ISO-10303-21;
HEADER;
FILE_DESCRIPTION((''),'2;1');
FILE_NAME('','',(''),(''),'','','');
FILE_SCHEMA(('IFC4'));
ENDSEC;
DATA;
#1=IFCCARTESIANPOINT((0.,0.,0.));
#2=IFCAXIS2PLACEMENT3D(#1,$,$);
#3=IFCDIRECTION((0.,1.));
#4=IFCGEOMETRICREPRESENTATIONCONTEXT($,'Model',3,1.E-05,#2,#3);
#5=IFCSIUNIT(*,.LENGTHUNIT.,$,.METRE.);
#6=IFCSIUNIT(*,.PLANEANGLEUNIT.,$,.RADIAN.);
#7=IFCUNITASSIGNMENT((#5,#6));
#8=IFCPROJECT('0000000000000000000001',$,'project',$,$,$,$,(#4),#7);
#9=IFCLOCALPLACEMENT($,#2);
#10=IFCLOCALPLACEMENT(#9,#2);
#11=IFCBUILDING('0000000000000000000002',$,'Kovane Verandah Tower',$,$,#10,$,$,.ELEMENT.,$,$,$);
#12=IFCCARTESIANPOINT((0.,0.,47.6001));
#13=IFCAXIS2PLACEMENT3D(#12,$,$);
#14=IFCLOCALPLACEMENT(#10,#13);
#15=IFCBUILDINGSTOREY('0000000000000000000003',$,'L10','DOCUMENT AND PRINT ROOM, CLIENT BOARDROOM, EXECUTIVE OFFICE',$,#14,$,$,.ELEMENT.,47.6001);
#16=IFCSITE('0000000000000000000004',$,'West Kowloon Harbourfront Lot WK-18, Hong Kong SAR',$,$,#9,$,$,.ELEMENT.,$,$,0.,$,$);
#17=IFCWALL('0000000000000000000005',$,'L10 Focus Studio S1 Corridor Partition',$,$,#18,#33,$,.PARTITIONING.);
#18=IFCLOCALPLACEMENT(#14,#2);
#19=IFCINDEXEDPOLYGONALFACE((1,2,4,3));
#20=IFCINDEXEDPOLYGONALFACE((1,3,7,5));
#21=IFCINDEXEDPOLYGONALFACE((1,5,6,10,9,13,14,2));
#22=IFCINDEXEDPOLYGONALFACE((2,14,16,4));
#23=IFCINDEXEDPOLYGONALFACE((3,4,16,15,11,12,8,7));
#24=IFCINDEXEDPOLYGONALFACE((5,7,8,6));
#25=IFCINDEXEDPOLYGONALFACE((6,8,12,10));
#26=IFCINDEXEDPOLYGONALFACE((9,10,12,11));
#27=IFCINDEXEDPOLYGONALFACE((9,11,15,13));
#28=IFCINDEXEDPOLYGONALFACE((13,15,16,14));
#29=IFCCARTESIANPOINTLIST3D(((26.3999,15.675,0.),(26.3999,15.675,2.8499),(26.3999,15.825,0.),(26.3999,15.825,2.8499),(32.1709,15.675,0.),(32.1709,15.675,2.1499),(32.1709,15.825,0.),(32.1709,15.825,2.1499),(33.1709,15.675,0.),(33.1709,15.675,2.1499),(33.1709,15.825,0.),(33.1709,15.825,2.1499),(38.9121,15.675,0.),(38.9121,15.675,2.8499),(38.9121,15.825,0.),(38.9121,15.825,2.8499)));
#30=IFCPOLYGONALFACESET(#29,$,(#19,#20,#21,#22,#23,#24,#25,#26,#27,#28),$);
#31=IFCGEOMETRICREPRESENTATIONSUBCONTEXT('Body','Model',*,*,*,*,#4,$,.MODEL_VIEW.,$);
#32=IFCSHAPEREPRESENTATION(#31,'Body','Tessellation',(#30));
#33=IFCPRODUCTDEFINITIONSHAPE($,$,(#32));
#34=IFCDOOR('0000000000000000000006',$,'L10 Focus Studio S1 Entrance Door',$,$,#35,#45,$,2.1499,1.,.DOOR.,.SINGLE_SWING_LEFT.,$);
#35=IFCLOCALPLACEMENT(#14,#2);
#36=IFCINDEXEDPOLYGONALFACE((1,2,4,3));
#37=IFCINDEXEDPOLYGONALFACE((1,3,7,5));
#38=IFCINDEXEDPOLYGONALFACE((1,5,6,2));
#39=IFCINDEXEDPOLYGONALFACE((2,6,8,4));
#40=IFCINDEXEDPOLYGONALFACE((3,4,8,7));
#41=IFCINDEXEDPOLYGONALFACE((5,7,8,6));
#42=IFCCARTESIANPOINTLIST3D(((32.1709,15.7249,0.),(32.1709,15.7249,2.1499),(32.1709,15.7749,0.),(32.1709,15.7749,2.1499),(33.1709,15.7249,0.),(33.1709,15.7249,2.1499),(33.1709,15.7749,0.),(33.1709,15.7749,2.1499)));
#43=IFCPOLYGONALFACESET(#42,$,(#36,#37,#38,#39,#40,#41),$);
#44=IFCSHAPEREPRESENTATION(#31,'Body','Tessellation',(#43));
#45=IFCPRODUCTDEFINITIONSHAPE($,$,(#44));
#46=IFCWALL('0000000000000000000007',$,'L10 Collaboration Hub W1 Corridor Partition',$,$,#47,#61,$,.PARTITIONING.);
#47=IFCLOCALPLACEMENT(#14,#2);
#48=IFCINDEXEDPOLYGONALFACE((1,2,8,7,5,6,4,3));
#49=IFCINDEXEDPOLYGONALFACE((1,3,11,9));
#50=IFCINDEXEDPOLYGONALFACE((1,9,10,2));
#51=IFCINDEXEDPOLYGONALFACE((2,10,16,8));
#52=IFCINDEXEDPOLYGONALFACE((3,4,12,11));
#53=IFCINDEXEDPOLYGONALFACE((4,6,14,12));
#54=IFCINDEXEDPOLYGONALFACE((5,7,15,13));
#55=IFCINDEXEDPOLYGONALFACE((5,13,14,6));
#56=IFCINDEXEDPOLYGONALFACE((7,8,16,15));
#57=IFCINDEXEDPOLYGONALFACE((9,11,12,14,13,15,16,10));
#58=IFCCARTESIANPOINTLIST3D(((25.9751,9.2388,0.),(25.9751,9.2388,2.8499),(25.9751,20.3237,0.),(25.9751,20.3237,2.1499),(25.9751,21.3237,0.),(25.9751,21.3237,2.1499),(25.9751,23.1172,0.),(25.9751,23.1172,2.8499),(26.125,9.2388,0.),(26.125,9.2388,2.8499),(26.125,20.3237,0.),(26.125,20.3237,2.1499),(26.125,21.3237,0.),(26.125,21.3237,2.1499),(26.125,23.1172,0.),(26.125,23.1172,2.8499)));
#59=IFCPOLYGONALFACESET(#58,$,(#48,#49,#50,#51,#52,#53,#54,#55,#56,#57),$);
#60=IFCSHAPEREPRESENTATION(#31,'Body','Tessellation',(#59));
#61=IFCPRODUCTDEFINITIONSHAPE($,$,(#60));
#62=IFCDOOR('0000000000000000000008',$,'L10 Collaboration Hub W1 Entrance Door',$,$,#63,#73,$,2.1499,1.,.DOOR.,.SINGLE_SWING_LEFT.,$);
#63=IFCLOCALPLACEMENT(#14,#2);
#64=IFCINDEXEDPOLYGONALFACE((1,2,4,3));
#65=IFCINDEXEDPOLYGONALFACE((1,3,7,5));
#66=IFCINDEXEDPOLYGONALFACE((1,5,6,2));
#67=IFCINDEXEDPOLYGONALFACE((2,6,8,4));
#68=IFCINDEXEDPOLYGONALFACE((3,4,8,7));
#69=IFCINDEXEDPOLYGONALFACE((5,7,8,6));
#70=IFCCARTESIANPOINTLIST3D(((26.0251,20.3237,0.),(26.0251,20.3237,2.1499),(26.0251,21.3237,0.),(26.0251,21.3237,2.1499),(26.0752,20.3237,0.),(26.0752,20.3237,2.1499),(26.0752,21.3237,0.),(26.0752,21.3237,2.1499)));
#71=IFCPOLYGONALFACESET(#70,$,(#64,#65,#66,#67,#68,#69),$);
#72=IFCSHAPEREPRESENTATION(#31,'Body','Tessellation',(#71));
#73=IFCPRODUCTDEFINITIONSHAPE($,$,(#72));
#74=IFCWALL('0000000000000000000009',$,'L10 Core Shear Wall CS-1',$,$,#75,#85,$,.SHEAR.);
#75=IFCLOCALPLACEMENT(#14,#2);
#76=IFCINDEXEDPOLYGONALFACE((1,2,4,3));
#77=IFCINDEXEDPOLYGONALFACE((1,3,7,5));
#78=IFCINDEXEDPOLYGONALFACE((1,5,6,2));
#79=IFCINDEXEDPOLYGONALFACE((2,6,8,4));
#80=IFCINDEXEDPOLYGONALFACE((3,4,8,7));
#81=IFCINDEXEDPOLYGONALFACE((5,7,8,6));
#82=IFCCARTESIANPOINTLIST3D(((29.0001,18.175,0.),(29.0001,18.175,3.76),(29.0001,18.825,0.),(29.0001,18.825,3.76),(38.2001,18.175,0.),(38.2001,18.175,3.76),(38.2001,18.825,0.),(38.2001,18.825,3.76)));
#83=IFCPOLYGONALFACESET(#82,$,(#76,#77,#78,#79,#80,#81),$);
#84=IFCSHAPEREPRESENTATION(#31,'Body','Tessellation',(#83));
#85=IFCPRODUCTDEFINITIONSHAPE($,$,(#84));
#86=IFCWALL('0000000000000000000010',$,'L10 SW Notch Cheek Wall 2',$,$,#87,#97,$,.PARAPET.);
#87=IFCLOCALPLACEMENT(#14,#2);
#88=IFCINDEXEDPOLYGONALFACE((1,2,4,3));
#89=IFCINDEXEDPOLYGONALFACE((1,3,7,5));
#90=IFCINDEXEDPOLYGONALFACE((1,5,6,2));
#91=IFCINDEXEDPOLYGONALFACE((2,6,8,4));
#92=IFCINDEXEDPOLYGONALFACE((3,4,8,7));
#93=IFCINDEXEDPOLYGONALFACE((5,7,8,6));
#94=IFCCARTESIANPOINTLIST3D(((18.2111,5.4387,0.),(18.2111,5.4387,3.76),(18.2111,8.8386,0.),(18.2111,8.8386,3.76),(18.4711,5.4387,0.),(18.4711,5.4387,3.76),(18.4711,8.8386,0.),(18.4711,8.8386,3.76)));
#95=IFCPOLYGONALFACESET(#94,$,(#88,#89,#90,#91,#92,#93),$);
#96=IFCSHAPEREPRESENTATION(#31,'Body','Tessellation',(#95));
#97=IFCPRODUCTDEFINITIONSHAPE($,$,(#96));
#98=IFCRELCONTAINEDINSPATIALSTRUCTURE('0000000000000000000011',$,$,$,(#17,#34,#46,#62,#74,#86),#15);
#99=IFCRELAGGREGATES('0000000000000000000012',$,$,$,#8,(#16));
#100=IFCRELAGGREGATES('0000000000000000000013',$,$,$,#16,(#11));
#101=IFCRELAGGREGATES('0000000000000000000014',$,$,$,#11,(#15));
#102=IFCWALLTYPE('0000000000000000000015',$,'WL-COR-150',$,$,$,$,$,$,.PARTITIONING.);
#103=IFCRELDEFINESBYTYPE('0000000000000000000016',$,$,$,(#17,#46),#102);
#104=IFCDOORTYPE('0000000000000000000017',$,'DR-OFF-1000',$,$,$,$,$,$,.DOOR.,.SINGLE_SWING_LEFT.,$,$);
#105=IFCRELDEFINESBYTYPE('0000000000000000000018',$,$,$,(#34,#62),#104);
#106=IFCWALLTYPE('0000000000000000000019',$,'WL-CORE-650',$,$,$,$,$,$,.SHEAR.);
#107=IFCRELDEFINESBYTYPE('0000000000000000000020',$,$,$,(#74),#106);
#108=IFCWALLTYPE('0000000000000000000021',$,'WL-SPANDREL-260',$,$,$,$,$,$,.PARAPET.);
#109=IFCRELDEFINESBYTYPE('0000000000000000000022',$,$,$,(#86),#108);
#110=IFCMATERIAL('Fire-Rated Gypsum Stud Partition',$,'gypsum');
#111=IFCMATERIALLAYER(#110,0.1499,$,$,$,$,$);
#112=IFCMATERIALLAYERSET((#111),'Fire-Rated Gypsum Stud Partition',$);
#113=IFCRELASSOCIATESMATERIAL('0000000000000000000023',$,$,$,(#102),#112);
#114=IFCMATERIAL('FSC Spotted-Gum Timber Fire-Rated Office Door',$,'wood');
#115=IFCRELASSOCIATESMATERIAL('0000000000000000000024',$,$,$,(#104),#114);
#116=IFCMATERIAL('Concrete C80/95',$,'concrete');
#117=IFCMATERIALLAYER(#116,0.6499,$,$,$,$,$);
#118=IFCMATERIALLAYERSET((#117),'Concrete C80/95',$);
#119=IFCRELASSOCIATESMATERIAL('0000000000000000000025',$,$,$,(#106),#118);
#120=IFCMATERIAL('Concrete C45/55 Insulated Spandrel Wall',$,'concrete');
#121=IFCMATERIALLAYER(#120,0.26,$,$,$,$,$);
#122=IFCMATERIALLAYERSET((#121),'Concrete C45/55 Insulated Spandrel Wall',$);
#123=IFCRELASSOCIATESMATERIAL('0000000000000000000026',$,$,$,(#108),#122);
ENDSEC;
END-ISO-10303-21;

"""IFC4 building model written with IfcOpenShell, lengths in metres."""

from ifc_helpers import new_model, si_unit, direction, frame, frame_2d, origin, place, context, subcontext, project, spatial, rectangle, extrude, material, layer, layer_set, type_object, element, fill, save


model = new_model("IFC4")

# Units and contexts
model_context = context("Model", 3, precision=1e-05, world=origin(), true_north=direction((0.0, 1.0)))
body_context = subcontext(model_context, "Body", "Model", "MODEL_VIEW")
ifc_project = project(units=[si_unit("LENGTHUNIT", "METRE"), si_unit("PLANEANGLEUNIT", "RADIAN")], contexts=[model_context])

# Site, building, storey
site_placement = place(None, origin())
site = spatial("IfcSite", under=ifc_project, at=site_placement, Name="West Kowloon Harbourfront Lot WK-18, Hong Kong SAR", CompositionType="ELEMENT", RefElevation=0.0)
building_placement = place(site_placement, origin())
building = spatial("IfcBuilding", under=site, at=building_placement, Name="Kovane Verandah Tower", CompositionType="ELEMENT")
storey_placement = place(building_placement, frame((0.0, 0.0, 47.6001)))
storey = spatial("IfcBuildingStorey", under=building, at=storey_placement, Name="L10", Description="DOCUMENT AND PRINT ROOM, CLIENT BOARDROOM, EXECUTIVE OFFICE", CompositionType="ELEMENT", Elevation=47.6001)

# Shared definitions
ifc_material_1 = material(Name="Concrete C80/95", Category="concrete")

# Walls, openings, doors
ifc_material_2 = material(Name="Fire-Rated Gypsum Stud Partition", Category="gypsum")
ifc_layer_1 = layer(ifc_material_2, 0.1499)
ifc_layer_set_1 = layer_set([ifc_layer_1], Name="Fire-Rated Gypsum Stud Partition")
wall_type_1 = type_object("IfcWallType", Name="WL-COR-150", PredefinedType="PARTITIONING", material=ifc_layer_set_1)
wall_1_placement = place(storey_placement, frame((26.3999, 15.75, 0.0), z_axis=(0.0, 0.0, 1.0), x_axis=(1.0, 0.0, 0.0)))
wall_1 = element("IfcWall", 1, at=wall_1_placement, inside=storey, type_object=wall_type_1, Name="L10 Focus Studio S1 Corridor Partition", PredefinedType="PARTITIONING", context=body_context, shape_type="SweptSolid", body=[
    extrude(rectangle(XDim=12.5122, YDim=0.1499, at=frame_2d((6.2561, 0.0))), origin(), (0.0, 0.0, 1.0), 2.8499),
])
opening_1_placement = place(wall_1_placement, frame((5.771, 0.0, 0.0)))
opening_1 = element("IfcOpeningElement", 2, at=opening_1_placement, cuts=wall_1, PredefinedType="OPENING", context=body_context, shape_type="SweptSolid", body=[
    extrude(rectangle(XDim=1.0, YDim=2.1499, at=frame_2d((0.5, 1.075))), frame((0.0, 0.075, 0.0), z_axis=(0.0, -1.0, 0.0), x_axis=(1.0, 0.0, 0.0)), (0.0, 0.0, 1.0), 0.1499),
])
ifc_material_3 = material(Name="FSC Spotted-Gum Timber Fire-Rated Office Door", Category="wood")
door_type = type_object("IfcDoorType", Name="DR-OFF-1000", OperationType="SINGLE_SWING_LEFT", PredefinedType="DOOR", material=ifc_material_3)
door_1_placement = place(opening_1_placement, origin())
door_1 = element("IfcDoor", 3, at=door_1_placement, inside=storey, type_object=door_type, Name="L10 Focus Studio S1 Entrance Door", OperationType="SINGLE_SWING_LEFT", OverallHeight=2.1499, OverallWidth=1.0, PredefinedType="DOOR", context=body_context, shape_type="SweptSolid", body=[
    extrude(rectangle(XDim=1.0, YDim=2.1499, at=frame_2d((0.5, 1.075))), frame((0.0, 0.0249, 0.0), z_axis=(0.0, -1.0, 0.0), x_axis=(1.0, 0.0, 0.0)), (0.0, 0.0, 1.0), 0.05),
])
fill(opening_1, door_1)
wall_2_placement = place(storey_placement, frame((26.05, 9.2388, 0.0), z_axis=(0.0, 0.0, 1.0), x_axis=(0.0, 1.0, 0.0)))
wall_2 = element("IfcWall", 4, at=wall_2_placement, inside=storey, type_object=wall_type_1, Name="L10 Collaboration Hub W1 Corridor Partition", PredefinedType="PARTITIONING", context=body_context, shape_type="SweptSolid", body=[
    extrude(rectangle(XDim=13.8784, YDim=0.1499, at=frame_2d((6.9392, 0.0))), origin(), (0.0, 0.0, 1.0), 2.8499),
])
opening_2_placement = place(wall_2_placement, frame((11.085, 0.0, 0.0)))
opening_2 = element("IfcOpeningElement", 5, at=opening_2_placement, cuts=wall_2, PredefinedType="OPENING", context=body_context, shape_type="SweptSolid", body=[
    extrude(rectangle(XDim=1.0, YDim=2.1499, at=frame_2d((0.5, 1.075))), frame((0.0, 0.075, 0.0), z_axis=(0.0, -1.0, 0.0), x_axis=(1.0, 0.0, 0.0)), (0.0, 0.0, 1.0), 0.1499),
])
door_2_placement = place(opening_2_placement, origin())
door_2 = element("IfcDoor", 6, at=door_2_placement, inside=storey, type_object=door_type, Name="L10 Collaboration Hub W1 Entrance Door", OperationType="SINGLE_SWING_LEFT", OverallHeight=2.1499, OverallWidth=1.0, PredefinedType="DOOR", context=body_context, shape_type="SweptSolid", body=[
    extrude(rectangle(XDim=1.0, YDim=2.1499, at=frame_2d((0.5, 1.075))), frame((0.0, 0.0249, 0.0), z_axis=(0.0, -1.0, 0.0), x_axis=(1.0, 0.0, 0.0)), (0.0, 0.0, 1.0), 0.05),
])
fill(opening_2, door_2)

# Walls
ifc_layer_2 = layer(ifc_material_1, 0.6499)
ifc_layer_set_2 = layer_set([ifc_layer_2], Name="Concrete C80/95")
wall_type_2 = type_object("IfcWallType", Name="WL-CORE-650", PredefinedType="SHEAR", material=ifc_layer_set_2)
wall_3_placement = place(storey_placement, frame((29.0, 18.5, 0.0), z_axis=(0.0, 0.0, 1.0), x_axis=(1.0, 0.0, 0.0)))
element("IfcWall", 7, at=wall_3_placement, inside=storey, type_object=wall_type_2, Name="L10 Core Shear Wall CS-1", PredefinedType="SHEAR", context=body_context, shape_type="SweptSolid", body=[
    extrude(rectangle(XDim=9.2, YDim=0.6499, at=frame_2d((4.6001, 0.0))), origin(), (0.0, 0.0, 1.0), 3.76),
])
ifc_material_4 = material(Name="Concrete C45/55 Insulated Spandrel Wall", Category="concrete")
ifc_layer_3 = layer(ifc_material_4, 0.26)
ifc_layer_set_3 = layer_set([ifc_layer_3], Name="Concrete C45/55 Insulated Spandrel Wall")
wall_type_3 = type_object("IfcWallType", Name="WL-SPANDREL-260", PredefinedType="PARAPET", material=ifc_layer_set_3)
wall_4_placement = place(storey_placement, frame((18.3411, 8.8386, 0.0), z_axis=(0.0, 0.0, 1.0), x_axis=(0.0, -1.0, 0.0)))
element("IfcWall", 8, at=wall_4_placement, inside=storey, type_object=wall_type_3, Name="L10 SW Notch Cheek Wall 2", PredefinedType="PARAPET", context=body_context, shape_type="SweptSolid", body=[
    extrude(rectangle(XDim=3.3999, YDim=0.26, at=frame_2d((1.7, 0.0))), origin(), (0.0, 0.0, 1.0), 3.76),
])

save(model, "model.ifc")
